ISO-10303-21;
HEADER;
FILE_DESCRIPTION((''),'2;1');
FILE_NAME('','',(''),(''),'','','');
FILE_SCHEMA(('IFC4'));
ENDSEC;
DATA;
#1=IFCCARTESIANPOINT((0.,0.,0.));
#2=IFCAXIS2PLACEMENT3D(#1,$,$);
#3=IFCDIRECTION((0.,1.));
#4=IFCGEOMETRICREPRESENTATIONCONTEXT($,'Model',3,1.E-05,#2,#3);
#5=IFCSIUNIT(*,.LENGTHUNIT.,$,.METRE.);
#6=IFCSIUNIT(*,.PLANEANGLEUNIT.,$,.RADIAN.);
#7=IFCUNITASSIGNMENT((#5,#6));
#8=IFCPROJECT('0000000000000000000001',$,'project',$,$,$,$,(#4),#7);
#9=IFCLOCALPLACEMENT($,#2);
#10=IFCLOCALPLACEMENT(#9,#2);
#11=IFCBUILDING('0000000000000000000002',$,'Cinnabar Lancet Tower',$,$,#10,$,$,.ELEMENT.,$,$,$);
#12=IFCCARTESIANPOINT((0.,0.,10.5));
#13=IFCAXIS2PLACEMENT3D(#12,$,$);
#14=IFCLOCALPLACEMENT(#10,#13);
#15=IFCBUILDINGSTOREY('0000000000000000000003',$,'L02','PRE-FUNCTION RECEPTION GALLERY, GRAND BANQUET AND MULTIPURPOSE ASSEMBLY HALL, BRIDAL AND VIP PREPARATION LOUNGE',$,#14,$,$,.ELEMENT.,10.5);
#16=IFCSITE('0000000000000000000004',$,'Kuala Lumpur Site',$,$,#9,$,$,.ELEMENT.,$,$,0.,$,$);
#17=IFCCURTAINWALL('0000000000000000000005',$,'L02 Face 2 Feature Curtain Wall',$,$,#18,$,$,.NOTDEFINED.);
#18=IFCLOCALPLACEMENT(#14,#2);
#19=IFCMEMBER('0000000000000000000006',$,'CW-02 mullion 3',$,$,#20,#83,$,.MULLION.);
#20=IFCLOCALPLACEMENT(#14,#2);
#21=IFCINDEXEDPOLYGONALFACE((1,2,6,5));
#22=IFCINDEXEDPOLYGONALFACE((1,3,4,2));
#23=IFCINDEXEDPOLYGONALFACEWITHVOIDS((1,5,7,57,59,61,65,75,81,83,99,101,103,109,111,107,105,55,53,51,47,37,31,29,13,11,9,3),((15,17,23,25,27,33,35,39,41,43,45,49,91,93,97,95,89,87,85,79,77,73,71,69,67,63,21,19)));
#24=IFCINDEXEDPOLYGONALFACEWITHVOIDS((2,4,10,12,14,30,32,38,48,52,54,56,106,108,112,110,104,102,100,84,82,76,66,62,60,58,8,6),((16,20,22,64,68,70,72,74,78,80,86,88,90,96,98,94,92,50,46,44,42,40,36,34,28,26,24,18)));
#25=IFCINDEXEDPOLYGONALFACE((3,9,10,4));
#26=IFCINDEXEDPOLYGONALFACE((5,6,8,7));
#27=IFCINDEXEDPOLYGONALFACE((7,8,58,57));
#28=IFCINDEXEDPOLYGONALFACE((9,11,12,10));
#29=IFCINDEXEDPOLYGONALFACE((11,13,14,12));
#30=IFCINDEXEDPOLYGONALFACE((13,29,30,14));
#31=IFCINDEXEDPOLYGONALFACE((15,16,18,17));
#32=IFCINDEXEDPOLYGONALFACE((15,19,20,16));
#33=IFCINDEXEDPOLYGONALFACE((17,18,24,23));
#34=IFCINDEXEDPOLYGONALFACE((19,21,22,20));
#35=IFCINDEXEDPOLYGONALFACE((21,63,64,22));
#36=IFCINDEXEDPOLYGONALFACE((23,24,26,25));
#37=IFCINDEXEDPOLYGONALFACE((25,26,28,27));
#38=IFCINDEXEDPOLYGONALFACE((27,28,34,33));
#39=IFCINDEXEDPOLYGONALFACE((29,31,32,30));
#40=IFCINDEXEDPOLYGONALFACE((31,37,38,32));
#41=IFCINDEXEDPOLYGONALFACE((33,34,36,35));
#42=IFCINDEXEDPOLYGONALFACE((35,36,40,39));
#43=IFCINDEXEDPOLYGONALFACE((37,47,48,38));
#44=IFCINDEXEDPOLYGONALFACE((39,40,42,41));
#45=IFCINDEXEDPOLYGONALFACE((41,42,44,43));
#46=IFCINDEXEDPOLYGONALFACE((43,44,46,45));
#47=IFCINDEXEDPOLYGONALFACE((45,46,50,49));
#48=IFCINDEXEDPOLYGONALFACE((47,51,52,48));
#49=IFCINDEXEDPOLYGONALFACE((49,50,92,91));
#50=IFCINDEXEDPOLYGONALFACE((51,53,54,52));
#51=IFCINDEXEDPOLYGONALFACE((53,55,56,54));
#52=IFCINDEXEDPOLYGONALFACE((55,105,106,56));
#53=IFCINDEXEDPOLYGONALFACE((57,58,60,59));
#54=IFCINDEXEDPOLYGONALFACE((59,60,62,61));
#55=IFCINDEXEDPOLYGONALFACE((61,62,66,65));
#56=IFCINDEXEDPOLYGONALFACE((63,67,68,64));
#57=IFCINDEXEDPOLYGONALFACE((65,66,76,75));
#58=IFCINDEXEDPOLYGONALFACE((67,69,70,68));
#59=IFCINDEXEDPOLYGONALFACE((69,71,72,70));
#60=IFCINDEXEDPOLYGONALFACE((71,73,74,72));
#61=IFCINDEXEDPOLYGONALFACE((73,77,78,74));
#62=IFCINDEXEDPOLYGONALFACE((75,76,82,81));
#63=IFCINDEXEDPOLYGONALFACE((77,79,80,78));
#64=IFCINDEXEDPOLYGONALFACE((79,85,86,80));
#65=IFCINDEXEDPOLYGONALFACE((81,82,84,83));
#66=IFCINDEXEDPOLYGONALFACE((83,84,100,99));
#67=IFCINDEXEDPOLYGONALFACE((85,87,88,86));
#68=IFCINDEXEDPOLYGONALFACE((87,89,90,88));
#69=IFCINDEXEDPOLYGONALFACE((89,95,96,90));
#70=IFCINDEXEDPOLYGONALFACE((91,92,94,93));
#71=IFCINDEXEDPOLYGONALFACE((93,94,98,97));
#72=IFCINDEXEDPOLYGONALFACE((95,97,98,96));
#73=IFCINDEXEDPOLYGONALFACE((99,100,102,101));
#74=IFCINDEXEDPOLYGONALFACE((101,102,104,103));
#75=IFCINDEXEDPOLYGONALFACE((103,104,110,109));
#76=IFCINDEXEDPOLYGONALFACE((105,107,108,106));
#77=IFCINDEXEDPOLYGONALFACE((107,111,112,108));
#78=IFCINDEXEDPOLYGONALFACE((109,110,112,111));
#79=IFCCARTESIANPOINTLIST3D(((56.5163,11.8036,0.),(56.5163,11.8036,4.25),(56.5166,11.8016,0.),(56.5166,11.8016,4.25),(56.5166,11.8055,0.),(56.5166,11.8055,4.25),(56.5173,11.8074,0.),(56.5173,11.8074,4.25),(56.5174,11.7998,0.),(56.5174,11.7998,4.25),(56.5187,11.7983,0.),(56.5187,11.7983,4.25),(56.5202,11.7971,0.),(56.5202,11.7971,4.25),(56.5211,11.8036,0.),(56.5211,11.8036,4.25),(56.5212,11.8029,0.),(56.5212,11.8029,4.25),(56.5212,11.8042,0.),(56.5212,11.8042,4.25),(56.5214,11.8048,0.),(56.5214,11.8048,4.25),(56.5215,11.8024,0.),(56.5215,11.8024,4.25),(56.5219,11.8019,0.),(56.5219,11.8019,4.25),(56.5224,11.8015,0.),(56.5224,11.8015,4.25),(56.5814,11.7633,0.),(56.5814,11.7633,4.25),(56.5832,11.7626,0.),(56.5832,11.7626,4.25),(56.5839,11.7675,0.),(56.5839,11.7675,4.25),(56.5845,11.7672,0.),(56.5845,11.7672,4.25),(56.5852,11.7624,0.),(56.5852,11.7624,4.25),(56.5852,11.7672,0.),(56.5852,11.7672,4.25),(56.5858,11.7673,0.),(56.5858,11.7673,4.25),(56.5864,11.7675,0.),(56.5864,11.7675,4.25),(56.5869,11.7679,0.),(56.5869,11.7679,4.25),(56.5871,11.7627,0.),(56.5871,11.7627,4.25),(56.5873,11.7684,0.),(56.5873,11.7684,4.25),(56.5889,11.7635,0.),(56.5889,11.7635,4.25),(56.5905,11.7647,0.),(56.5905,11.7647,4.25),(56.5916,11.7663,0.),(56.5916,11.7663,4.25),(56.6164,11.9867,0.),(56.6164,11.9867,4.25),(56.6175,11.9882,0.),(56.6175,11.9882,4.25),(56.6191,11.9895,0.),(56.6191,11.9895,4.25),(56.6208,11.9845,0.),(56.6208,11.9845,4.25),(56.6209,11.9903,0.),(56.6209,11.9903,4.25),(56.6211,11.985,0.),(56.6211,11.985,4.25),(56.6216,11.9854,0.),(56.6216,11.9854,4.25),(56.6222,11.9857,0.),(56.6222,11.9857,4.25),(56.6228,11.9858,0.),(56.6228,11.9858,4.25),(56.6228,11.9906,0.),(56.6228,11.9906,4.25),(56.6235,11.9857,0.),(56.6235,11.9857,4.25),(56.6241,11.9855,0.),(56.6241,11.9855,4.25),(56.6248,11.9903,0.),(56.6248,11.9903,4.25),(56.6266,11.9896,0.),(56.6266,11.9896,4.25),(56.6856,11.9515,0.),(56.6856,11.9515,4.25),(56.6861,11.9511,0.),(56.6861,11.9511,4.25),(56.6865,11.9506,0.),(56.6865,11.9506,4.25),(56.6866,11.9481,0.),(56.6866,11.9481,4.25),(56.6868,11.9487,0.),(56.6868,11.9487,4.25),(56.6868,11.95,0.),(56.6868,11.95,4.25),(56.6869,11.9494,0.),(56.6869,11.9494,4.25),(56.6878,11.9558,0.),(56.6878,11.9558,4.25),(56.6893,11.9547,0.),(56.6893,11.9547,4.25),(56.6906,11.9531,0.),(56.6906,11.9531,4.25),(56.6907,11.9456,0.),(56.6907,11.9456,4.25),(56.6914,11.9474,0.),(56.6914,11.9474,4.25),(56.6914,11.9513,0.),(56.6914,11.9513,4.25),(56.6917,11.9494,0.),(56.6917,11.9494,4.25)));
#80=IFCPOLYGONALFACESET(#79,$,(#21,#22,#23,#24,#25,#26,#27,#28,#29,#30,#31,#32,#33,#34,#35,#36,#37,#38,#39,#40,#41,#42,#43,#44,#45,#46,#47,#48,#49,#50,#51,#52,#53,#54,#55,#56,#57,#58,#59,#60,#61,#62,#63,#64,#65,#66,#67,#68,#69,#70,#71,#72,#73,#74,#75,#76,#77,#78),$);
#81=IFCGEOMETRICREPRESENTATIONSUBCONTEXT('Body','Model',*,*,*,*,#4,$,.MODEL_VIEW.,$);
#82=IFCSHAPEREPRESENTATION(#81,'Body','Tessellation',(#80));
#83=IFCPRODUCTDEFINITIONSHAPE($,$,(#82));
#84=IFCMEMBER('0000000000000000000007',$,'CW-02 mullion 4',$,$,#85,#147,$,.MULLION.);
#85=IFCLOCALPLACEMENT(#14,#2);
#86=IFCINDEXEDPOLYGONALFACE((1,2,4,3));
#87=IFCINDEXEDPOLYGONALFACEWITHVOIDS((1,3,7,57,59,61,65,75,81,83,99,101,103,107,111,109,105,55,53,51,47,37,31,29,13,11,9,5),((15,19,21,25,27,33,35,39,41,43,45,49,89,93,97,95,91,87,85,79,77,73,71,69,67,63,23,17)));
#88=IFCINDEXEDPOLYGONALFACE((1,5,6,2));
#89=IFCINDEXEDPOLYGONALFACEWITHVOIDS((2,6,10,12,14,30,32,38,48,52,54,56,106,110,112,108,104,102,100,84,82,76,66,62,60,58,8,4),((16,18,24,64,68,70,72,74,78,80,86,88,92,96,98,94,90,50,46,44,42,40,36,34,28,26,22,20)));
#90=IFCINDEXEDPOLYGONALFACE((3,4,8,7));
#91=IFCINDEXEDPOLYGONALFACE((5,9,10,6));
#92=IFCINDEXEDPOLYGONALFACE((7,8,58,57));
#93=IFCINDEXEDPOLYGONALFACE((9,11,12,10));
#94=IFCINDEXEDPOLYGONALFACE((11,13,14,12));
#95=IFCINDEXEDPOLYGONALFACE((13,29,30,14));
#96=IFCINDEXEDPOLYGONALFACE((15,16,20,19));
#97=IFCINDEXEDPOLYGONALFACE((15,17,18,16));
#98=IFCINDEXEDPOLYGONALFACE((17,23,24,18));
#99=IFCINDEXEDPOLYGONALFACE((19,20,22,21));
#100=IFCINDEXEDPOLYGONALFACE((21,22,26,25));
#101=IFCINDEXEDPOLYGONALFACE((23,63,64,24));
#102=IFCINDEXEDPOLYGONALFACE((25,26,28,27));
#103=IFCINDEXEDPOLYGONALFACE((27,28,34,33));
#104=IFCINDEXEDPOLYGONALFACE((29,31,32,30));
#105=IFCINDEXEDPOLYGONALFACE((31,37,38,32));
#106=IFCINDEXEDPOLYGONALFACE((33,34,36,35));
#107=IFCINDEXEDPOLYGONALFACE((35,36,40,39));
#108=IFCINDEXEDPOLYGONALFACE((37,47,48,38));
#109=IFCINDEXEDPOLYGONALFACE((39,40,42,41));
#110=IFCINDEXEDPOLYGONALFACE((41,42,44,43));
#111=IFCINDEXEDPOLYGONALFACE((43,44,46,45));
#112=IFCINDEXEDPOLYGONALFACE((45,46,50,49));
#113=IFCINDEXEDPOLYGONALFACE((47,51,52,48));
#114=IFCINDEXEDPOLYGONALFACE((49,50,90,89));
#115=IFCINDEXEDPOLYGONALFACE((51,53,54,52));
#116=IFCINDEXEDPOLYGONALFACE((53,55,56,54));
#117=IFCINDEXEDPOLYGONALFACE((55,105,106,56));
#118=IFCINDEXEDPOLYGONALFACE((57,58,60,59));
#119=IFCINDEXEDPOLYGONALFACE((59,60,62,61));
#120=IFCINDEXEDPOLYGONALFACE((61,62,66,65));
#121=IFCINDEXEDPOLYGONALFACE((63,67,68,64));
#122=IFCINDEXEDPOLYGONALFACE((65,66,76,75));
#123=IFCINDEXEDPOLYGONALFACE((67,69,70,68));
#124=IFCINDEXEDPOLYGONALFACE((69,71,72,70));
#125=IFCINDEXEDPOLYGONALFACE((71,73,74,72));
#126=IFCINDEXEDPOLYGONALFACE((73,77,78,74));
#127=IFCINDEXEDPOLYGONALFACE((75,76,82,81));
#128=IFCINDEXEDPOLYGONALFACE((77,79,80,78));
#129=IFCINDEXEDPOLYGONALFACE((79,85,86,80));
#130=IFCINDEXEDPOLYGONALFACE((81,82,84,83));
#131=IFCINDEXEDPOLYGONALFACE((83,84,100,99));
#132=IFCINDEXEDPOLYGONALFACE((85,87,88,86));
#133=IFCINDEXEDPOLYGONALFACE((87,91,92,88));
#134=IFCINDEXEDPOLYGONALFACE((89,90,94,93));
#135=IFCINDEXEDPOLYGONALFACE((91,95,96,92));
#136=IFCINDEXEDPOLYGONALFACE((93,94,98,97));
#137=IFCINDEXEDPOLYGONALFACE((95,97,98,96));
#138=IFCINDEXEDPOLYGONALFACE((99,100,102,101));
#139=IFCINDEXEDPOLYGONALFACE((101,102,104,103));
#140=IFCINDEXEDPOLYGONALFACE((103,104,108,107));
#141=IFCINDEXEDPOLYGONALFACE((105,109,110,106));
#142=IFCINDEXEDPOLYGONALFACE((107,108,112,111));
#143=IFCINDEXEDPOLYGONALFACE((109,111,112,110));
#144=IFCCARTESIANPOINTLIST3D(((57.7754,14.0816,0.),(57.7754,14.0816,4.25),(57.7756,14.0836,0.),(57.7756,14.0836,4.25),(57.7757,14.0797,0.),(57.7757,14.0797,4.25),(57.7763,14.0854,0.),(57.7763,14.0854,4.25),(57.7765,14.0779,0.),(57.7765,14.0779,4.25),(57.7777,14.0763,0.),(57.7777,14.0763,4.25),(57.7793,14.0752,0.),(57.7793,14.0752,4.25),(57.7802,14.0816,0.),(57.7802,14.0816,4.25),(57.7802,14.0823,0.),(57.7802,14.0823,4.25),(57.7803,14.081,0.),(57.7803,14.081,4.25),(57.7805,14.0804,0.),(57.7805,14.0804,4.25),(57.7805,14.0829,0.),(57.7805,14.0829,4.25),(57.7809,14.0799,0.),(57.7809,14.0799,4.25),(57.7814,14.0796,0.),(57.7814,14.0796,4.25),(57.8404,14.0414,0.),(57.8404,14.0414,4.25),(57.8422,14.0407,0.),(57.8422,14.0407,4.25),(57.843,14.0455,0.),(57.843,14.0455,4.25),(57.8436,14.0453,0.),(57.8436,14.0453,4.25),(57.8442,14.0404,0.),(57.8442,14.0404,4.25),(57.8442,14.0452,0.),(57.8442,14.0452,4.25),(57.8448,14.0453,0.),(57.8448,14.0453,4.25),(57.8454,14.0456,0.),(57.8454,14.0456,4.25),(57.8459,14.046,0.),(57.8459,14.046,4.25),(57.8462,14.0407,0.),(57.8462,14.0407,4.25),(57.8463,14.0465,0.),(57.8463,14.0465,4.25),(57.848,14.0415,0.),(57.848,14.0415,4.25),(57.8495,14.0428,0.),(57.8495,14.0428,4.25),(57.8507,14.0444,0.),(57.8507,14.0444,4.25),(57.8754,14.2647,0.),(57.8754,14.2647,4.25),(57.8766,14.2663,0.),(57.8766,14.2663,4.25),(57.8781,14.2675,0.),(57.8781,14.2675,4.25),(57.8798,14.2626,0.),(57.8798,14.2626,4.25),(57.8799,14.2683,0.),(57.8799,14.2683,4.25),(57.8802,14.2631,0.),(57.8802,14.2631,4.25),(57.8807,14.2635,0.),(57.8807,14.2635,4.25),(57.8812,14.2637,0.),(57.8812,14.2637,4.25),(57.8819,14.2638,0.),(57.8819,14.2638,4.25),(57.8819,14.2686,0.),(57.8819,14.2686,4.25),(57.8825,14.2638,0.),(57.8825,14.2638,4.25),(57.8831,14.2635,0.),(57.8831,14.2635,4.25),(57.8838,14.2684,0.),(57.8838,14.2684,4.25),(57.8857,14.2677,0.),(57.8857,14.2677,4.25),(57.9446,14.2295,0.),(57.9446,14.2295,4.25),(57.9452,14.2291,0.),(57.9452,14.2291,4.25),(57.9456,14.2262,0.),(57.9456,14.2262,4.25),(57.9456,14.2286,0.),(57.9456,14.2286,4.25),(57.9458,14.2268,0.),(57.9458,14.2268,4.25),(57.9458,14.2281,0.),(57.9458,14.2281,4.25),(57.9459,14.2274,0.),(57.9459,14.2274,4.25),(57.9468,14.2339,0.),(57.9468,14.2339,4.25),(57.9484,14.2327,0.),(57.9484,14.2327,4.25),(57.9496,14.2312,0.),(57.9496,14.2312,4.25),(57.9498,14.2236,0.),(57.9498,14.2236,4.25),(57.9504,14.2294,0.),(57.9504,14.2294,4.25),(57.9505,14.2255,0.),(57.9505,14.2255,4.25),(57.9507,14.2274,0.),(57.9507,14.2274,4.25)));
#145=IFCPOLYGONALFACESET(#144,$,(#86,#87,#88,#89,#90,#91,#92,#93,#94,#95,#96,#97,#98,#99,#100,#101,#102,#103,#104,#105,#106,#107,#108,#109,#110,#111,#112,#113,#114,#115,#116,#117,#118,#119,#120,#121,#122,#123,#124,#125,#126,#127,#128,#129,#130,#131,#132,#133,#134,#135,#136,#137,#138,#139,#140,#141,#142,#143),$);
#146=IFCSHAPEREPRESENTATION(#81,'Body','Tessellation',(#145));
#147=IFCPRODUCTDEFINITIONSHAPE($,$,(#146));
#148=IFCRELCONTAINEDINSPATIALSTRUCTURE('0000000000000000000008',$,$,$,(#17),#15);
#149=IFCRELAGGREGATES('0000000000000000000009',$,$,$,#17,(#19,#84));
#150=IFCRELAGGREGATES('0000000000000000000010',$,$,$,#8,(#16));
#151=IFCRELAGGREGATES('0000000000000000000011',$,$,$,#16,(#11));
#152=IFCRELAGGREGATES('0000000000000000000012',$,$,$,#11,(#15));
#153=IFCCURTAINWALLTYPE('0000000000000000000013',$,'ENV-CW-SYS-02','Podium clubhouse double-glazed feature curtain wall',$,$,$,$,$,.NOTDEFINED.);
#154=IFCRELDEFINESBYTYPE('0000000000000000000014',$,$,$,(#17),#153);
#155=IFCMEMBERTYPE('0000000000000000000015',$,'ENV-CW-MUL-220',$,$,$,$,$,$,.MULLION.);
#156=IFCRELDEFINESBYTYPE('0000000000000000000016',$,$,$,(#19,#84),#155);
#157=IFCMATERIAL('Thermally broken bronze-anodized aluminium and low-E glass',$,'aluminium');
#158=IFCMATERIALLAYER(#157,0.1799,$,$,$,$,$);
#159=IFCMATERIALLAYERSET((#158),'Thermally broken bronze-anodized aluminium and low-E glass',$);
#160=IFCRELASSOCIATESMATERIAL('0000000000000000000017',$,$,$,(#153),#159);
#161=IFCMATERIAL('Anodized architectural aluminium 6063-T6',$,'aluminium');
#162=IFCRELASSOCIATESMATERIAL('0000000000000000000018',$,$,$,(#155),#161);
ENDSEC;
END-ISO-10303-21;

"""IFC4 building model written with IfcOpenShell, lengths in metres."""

from ifc_helpers import new_model, si_unit, direction, frame, origin, origin_2d, place, context, subcontext, project, spatial, hollow_rectangle, extrude, material, layer, layer_set, material_profile, profile_set, type_object, element, aggregate, save


model = new_model("IFC4")

# Units and contexts
model_context = context("Model", 3, precision=1e-05, world=origin(), true_north=direction((0.0, 1.0)))
body_context = subcontext(model_context, "Body", "Model", "MODEL_VIEW")
ifc_project = project(units=[si_unit("LENGTHUNIT", "METRE"), si_unit("PLANEANGLEUNIT", "RADIAN")], contexts=[model_context])

# Site, building, storey
site_placement = place(None, origin())
site = spatial("IfcSite", under=ifc_project, at=site_placement, Name="Kuala Lumpur Site", CompositionType="ELEMENT", RefElevation=0.0)
building_placement = place(site_placement, origin())
building = spatial("IfcBuilding", under=site, at=building_placement, Name="Cinnabar Lancet Tower", CompositionType="ELEMENT")
storey_placement = place(building_placement, frame((0.0, 0.0, 10.5)))
storey = spatial("IfcBuildingStorey", under=building, at=storey_placement, Name="L02", Description="PRE-FUNCTION RECEPTION GALLERY, GRAND BANQUET AND MULTIPURPOSE ASSEMBLY HALL, BRIDAL AND VIP PREPARATION LOUNGE", CompositionType="ELEMENT", Elevation=10.5)

# Curtain wall, members
ifc_material_1 = material(Name="Thermally broken bronze-anodized aluminium and low-E glass", Category="aluminium")
ifc_layer_1 = layer(ifc_material_1, 0.1799)
ifc_layer_set_1 = layer_set([ifc_layer_1], Name="Thermally broken bronze-anodized aluminium and low-E glass")
curtain_wall_type = type_object("IfcCurtainWallType", Name="ENV-CW-SYS-02", Description="Podium clubhouse double-glazed feature curtain wall", PredefinedType="NOTDEFINED", material=ifc_layer_set_1)
curtain_wall_placement = place(storey_placement, origin())
curtain_wall = element("IfcCurtainWall", 1, at=curtain_wall_placement, inside=storey, type_object=curtain_wall_type, Name="L02 Face 2 Feature Curtain Wall", PredefinedType="NOTDEFINED")
ifc_material_2 = material(Name="Anodized architectural aluminium 6063-T6", Category="aluminium")
ifc_material_profile_1 = material_profile(ifc_material_2, hollow_rectangle(XDim=0.085, YDim=0.22, WallThickness=0.0049, InnerFilletRadius=0.0024, OuterFilletRadius=0.0076, at=origin_2d()), Name="CW-MUL 220x85x5")
ifc_profile_set_1 = profile_set([ifc_material_profile_1], Name="Anodized architectural aluminium 6063-T6")
member_type_1 = type_object("IfcMemberType", Name="ENV-CW-MUL-220", PredefinedType="MULLION", material=ifc_profile_set_1)
member_1_placement = place(storey_placement, frame((56.604, 11.8765, 0.0), z_axis=(0.0, 0.0, 1.0), x_axis=(-0.875242, 0.483685, 0.0)))
member_1 = element("IfcMember", 2, at=member_1_placement, type_object=member_type_1, Name="CW-02 mullion 3", PredefinedType="MULLION", context=body_context, shape_type="SweptSolid", body=[
    extrude(hollow_rectangle(XDim=0.085, YDim=0.22, WallThickness=0.0049, InnerFilletRadius=0.0024, OuterFilletRadius=0.0076, at=origin_2d()), origin(), (0.0, 0.0, 1.0), 4.25),
])
member_2_placement = place(storey_placement, frame((57.863, 14.1545, 0.0), z_axis=(0.0, 0.0, 1.0), x_axis=(-0.875242, 0.483685, 0.0)))
member_2 = element("IfcMember", 3, at=member_2_placement, type_object=member_type_1, Name="CW-02 mullion 4", PredefinedType="MULLION", context=body_context, shape_type="SweptSolid", body=[
    extrude(hollow_rectangle(XDim=0.085, YDim=0.22, WallThickness=0.0049, InnerFilletRadius=0.0024, OuterFilletRadius=0.0076, at=origin_2d()), origin(), (0.0, 0.0, 1.0), 4.25),
])

aggregate(curtain_wall, [member_1, member_2])

save(model, "model.ifc")
